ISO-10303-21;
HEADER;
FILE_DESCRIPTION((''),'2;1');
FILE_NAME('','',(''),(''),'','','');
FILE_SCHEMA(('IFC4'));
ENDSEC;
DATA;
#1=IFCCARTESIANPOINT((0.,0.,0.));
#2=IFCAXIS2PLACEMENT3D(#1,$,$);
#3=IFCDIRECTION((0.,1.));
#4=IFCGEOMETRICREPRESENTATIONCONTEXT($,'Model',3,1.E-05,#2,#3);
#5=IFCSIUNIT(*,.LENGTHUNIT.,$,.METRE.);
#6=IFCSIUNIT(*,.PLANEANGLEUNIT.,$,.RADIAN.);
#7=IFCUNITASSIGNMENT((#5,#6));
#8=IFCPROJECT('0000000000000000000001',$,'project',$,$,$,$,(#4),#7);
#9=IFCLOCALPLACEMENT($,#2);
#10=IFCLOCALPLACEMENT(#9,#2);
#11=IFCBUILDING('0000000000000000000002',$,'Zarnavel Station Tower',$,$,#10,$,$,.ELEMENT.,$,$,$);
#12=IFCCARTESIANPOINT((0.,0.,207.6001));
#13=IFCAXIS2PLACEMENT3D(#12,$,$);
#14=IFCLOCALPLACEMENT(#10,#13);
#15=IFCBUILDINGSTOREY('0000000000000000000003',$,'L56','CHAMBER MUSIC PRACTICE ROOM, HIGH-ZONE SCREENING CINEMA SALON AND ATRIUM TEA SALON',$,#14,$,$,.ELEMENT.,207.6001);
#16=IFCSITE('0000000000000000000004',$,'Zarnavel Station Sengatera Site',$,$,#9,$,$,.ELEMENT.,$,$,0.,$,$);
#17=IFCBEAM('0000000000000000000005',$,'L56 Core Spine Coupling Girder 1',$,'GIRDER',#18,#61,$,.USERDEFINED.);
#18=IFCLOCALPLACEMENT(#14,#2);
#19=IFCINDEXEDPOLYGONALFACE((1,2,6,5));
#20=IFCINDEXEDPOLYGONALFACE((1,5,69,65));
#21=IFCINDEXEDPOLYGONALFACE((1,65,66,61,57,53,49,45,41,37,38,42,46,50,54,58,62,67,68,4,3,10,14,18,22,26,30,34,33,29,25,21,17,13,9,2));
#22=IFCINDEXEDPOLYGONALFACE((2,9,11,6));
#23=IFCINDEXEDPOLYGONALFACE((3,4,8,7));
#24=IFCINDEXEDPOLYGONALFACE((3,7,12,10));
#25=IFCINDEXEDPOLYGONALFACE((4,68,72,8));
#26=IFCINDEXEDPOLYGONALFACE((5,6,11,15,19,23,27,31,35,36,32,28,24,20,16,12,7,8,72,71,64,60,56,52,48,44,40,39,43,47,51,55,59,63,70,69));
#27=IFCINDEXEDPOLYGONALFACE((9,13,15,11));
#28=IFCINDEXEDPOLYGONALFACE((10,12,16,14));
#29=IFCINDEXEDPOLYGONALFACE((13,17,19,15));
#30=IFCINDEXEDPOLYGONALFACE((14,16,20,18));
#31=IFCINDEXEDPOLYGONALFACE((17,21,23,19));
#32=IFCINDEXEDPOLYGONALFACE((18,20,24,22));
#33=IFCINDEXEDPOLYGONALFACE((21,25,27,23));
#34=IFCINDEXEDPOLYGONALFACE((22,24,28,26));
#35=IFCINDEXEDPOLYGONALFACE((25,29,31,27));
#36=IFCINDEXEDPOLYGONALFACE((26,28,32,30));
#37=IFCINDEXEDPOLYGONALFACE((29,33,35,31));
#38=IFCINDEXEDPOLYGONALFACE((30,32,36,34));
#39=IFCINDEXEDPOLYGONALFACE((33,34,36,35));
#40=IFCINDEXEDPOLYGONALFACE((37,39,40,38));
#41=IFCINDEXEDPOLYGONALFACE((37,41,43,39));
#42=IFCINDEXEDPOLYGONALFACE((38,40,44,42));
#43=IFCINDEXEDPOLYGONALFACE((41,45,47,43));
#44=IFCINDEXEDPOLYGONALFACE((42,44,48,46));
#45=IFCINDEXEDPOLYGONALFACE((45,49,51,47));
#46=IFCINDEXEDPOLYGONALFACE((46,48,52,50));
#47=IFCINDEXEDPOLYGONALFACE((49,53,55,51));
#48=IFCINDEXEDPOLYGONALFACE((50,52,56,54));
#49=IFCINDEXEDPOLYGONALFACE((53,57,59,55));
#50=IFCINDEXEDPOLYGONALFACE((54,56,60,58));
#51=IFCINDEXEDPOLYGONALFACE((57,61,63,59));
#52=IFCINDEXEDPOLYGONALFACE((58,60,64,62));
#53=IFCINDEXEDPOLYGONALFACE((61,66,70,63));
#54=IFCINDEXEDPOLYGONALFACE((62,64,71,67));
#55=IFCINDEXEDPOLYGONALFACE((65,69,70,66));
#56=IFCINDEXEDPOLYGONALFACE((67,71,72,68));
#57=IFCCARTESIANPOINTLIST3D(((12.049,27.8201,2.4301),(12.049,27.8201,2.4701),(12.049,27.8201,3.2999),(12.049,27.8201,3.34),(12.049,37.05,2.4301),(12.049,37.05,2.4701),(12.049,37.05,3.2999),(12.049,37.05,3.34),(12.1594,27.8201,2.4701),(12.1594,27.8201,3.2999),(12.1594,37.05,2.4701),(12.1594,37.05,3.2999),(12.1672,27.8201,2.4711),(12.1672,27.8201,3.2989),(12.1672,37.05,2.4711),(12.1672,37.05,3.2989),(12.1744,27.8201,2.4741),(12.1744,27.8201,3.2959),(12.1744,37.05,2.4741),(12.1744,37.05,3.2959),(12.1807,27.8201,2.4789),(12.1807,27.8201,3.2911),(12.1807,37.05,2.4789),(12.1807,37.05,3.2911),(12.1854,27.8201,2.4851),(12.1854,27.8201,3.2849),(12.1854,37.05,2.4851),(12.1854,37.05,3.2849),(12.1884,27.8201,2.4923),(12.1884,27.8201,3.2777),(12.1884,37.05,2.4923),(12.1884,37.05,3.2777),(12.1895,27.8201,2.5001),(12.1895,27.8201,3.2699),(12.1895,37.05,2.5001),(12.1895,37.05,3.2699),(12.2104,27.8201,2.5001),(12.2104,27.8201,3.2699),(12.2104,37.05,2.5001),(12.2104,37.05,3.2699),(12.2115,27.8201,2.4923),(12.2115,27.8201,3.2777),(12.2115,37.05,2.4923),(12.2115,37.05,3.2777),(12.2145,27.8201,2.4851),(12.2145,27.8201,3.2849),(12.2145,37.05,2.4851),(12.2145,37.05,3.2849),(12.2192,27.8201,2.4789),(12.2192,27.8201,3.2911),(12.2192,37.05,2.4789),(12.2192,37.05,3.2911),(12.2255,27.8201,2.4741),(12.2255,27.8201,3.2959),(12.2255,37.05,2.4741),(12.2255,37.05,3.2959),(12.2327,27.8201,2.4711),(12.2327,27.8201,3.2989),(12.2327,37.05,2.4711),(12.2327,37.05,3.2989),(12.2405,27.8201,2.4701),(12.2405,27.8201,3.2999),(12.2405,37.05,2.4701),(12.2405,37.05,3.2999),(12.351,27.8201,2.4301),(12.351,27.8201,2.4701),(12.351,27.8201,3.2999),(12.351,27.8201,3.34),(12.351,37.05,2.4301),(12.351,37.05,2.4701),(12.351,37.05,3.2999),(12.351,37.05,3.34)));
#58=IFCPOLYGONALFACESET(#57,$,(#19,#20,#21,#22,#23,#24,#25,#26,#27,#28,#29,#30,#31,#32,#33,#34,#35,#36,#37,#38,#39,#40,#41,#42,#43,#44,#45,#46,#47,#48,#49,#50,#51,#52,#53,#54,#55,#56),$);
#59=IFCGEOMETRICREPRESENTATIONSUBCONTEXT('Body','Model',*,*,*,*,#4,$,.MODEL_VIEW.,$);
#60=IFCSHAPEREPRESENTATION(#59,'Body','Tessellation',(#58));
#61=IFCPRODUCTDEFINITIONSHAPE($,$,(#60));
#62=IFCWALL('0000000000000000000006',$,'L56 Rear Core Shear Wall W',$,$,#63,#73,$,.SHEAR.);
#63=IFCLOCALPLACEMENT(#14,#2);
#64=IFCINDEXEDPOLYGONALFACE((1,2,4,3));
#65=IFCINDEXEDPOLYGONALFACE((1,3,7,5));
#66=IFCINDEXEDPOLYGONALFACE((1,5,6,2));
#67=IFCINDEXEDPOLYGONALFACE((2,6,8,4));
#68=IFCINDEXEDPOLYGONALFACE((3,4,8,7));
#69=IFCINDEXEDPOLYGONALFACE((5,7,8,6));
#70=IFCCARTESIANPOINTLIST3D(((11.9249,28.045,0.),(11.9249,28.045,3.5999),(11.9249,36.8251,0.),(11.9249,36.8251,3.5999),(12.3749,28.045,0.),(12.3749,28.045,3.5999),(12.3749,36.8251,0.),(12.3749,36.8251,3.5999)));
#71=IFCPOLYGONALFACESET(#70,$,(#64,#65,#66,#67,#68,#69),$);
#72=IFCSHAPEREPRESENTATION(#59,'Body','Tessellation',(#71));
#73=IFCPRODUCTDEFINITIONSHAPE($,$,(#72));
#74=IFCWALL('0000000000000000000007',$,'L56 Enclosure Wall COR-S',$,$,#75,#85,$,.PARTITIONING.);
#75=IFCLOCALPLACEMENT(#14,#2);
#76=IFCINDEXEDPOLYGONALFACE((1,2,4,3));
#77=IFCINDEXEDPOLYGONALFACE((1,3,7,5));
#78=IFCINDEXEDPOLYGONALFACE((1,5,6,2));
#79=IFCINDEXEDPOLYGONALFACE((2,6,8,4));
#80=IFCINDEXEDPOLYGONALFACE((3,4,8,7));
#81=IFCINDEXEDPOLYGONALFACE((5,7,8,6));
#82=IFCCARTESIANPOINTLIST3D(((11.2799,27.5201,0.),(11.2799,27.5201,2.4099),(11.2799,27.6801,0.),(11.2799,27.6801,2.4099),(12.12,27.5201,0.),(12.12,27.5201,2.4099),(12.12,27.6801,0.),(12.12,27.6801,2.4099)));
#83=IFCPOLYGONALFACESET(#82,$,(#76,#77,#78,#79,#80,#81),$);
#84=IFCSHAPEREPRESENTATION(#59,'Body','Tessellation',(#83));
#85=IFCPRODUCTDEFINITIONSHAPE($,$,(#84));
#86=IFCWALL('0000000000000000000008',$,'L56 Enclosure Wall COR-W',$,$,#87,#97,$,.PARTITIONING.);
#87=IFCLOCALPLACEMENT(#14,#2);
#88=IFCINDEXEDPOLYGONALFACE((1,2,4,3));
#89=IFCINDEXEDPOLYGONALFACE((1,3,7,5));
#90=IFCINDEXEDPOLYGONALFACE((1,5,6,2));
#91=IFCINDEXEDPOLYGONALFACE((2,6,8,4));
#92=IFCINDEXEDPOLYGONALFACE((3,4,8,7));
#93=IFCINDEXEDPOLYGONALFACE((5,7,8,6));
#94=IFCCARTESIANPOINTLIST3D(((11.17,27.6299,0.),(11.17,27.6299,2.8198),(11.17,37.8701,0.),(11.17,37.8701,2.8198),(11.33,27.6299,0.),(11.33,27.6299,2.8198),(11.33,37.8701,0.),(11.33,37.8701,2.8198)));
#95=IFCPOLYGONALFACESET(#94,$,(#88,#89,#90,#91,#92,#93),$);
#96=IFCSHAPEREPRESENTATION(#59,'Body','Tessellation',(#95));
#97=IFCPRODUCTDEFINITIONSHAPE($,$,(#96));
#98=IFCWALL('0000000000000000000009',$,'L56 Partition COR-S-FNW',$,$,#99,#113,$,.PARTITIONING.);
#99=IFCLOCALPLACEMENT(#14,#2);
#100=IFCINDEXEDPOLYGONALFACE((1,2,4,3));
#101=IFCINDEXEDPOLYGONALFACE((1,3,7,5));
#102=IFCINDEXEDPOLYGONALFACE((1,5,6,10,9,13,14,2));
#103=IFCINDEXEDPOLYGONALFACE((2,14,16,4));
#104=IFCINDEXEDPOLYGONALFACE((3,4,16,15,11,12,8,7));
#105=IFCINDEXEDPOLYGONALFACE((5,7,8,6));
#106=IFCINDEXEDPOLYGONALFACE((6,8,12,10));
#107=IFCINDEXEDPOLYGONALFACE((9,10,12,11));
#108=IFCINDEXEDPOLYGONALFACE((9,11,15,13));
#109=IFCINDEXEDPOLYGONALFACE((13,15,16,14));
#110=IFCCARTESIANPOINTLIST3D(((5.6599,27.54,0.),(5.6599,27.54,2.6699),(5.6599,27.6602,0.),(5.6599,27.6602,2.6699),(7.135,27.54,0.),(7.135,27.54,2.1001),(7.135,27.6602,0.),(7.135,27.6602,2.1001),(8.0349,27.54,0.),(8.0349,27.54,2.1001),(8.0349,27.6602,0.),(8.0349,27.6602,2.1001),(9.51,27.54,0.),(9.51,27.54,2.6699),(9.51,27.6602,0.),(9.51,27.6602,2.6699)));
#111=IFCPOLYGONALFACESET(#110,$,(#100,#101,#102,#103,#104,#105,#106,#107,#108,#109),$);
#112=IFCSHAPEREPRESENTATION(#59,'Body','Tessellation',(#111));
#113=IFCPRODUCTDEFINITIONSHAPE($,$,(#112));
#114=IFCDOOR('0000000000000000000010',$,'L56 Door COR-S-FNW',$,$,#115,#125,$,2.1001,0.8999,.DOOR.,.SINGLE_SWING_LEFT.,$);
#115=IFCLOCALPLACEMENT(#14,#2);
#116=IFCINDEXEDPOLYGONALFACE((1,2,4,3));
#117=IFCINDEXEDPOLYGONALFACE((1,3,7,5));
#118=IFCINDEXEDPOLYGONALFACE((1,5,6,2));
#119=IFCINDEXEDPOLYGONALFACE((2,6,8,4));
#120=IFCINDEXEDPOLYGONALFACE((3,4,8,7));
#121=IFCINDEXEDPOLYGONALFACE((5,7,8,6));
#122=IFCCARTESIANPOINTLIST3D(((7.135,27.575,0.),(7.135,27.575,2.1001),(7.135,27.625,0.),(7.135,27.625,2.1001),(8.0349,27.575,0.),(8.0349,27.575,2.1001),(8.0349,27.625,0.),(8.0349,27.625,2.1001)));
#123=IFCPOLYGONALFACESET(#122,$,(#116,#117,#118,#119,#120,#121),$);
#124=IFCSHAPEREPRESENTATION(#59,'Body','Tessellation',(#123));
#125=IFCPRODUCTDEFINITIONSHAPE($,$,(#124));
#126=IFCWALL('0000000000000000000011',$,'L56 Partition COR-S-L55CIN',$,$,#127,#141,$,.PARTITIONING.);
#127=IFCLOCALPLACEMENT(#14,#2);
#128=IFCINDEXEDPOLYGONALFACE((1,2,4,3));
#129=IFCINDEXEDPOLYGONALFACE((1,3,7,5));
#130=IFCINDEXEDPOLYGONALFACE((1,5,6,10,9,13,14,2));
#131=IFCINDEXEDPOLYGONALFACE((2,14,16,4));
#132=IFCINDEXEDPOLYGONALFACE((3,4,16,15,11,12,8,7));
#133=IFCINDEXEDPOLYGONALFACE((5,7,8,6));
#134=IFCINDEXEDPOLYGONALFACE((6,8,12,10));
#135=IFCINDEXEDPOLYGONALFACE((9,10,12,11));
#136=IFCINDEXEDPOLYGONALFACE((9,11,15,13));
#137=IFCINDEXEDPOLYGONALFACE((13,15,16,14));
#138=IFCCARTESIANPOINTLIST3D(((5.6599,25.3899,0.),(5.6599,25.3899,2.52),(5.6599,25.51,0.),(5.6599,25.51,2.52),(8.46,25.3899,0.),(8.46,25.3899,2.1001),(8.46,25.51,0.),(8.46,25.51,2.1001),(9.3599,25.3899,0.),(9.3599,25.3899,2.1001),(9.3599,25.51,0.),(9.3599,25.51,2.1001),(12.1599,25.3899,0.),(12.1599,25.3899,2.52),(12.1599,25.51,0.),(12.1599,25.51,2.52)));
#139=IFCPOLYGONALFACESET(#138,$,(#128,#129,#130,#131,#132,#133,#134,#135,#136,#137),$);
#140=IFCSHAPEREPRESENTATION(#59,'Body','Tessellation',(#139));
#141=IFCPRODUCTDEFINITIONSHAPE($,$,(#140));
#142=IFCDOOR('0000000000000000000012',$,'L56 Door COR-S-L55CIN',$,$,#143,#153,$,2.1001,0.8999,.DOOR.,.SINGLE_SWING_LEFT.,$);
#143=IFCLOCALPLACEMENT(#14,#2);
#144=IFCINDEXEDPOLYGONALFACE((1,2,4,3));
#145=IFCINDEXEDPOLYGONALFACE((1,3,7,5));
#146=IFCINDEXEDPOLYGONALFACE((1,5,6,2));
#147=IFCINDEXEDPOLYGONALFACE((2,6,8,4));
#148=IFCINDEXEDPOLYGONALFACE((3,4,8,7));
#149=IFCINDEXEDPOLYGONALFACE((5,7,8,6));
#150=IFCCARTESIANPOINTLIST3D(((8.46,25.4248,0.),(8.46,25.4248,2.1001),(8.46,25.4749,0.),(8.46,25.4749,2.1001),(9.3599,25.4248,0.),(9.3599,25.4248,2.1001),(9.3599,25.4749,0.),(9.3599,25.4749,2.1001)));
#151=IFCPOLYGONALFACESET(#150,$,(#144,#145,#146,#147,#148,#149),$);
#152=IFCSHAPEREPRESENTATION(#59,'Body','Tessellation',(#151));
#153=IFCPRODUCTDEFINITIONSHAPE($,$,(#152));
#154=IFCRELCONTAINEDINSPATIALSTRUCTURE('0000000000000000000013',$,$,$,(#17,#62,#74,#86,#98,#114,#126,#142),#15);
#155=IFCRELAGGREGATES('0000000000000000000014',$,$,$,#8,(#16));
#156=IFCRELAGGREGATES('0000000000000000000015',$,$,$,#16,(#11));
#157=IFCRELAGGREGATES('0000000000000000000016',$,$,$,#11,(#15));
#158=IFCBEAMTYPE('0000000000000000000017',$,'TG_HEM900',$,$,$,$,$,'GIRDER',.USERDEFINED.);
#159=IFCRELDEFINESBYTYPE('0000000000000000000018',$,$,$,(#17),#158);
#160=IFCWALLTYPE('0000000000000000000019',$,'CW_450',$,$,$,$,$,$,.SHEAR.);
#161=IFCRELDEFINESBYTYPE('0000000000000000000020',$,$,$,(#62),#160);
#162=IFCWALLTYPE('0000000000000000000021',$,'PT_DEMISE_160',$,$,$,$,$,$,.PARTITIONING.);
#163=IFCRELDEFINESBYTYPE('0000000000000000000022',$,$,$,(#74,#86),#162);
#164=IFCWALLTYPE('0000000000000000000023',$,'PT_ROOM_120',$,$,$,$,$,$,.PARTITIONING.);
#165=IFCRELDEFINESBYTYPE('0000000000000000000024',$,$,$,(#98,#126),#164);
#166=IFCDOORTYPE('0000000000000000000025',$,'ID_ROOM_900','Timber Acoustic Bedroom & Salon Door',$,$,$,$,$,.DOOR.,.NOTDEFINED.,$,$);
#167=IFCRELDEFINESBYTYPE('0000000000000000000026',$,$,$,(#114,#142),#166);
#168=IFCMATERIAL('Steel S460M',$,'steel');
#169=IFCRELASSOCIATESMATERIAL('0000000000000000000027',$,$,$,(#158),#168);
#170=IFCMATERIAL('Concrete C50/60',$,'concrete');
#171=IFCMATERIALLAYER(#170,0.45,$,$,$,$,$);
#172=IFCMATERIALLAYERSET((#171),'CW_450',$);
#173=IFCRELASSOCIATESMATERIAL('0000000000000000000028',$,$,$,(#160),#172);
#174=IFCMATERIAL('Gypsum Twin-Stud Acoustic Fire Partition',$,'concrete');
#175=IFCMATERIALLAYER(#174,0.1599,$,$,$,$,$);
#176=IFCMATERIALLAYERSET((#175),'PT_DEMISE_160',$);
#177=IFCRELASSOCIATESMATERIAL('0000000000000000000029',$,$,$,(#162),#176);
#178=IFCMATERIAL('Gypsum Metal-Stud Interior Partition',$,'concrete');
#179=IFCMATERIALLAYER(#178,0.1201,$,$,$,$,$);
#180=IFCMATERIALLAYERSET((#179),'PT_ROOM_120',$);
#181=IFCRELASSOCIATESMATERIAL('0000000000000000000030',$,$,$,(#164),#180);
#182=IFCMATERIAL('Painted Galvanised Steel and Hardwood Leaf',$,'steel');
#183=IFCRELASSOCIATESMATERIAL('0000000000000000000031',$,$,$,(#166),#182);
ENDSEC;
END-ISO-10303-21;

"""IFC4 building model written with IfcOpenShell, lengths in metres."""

from ifc_helpers import new_model, si_unit, direction, frame, frame_2d, origin, origin_2d, place, context, subcontext, project, spatial, rectangle, i_section, extrude, material, layer, layer_set, material_profile, profile_set, type_object, element, fill, save


model = new_model("IFC4")

# Units and contexts
model_context = context("Model", 3, precision=1e-05, world=origin(), true_north=direction((0.0, 1.0)))
body_context = subcontext(model_context, "Body", "Model", "MODEL_VIEW")
ifc_project = project(units=[si_unit("LENGTHUNIT", "METRE"), si_unit("PLANEANGLEUNIT", "RADIAN")], contexts=[model_context])

# Site, building, storey
site_placement = place(None, origin())
site = spatial("IfcSite", under=ifc_project, at=site_placement, Name="Zarnavel Station Sengatera Site", CompositionType="ELEMENT", RefElevation=0.0)
building_placement = place(site_placement, origin())
building = spatial("IfcBuilding", under=site, at=building_placement, Name="Zarnavel Station Tower", CompositionType="ELEMENT")
storey_placement = place(building_placement, frame((0.0, 0.0, 207.6001)))
storey = spatial("IfcBuildingStorey", under=building, at=storey_placement, Name="L56", Description="CHAMBER MUSIC PRACTICE ROOM, HIGH-ZONE SCREENING CINEMA SALON AND ATRIUM TEA SALON", CompositionType="ELEMENT", Elevation=207.6001)

# Beam
ifc_material_1 = material(Name="Steel S460M", Category="steel")
ifc_material_profile_1 = material_profile(ifc_material_1, i_section(OverallWidth=0.302, OverallDepth=0.9099, WebThickness=0.021, FlangeThickness=0.04, FilletRadius=0.03, at=origin_2d()), Name="HEM900")
ifc_profile_set_1 = profile_set([ifc_material_profile_1], Name="Steel S460M")
beam_type_1 = type_object("IfcBeamType", Name="TG_HEM900", ElementType="GIRDER", PredefinedType="USERDEFINED", material=ifc_profile_set_1)
beam_1_placement = place(storey_placement, frame((12.2, 27.8201, 2.885), z_axis=(0.0, 1.0, 0.0), x_axis=(-1.0, 0.0, 0.0)))
element("IfcBeam", 1, at=beam_1_placement, inside=storey, type_object=beam_type_1, Name="L56 Core Spine Coupling Girder 1", ObjectType="GIRDER", PredefinedType="USERDEFINED", context=body_context, shape_type="SweptSolid", body=[
    extrude(i_section(OverallWidth=0.302, OverallDepth=0.9099, WebThickness=0.021, FlangeThickness=0.04, FilletRadius=0.03, at=origin_2d()), origin(), (0.0, 0.0, 1.0), 9.23),
])

# Walls
ifc_material_2 = material(Name="Concrete C50/60", Category="concrete")
ifc_layer_1 = layer(ifc_material_2, 0.45)
ifc_layer_set_1 = layer_set([ifc_layer_1], Name="CW_450")
wall_type_1 = type_object("IfcWallType", Name="CW_450", PredefinedType="SHEAR", material=ifc_layer_set_1)
wall_1_placement = place(storey_placement, frame((12.1499, 28.0449, 0.0), z_axis=(0.0, 0.0, 1.0), x_axis=(0.0, 1.0, 0.0)))
element("IfcWall", 2, at=wall_1_placement, inside=storey, type_object=wall_type_1, Name="L56 Rear Core Shear Wall W", PredefinedType="SHEAR", context=body_context, shape_type="SweptSolid", body=[
    extrude(rectangle(XDim=8.78, YDim=0.45, at=frame_2d((4.3901, 0.0))), origin(), (0.0, 0.0, 1.0), 3.5999),
])
ifc_material_3 = material(Name="Gypsum Twin-Stud Acoustic Fire Partition", Category="concrete")
ifc_layer_2 = layer(ifc_material_3, 0.1599)
ifc_layer_set_2 = layer_set([ifc_layer_2], Name="PT_DEMISE_160")
wall_type_2 = type_object("IfcWallType", Name="PT_DEMISE_160", PredefinedType="PARTITIONING", material=ifc_layer_set_2)
wall_2_placement = place(storey_placement, frame((11.28, 27.6001, 0.0), z_axis=(0.0, 0.0, 1.0), x_axis=(1.0, 0.0, 0.0)))
element("IfcWall", 3, at=wall_2_placement, inside=storey, type_object=wall_type_2, Name="L56 Enclosure Wall COR-S", PredefinedType="PARTITIONING", context=body_context, shape_type="SweptSolid", body=[
    extrude(rectangle(XDim=0.8401, YDim=0.1599, at=frame_2d((0.4199, 0.0))), origin(), (0.0, 0.0, 1.0), 2.4099),
])
wall_3_placement = place(storey_placement, frame((11.25, 27.6299, 0.0), z_axis=(0.0, 0.0, 1.0), x_axis=(0.0, 1.0, 0.0)))
element("IfcWall", 4, at=wall_3_placement, inside=storey, type_object=wall_type_2, Name="L56 Enclosure Wall COR-W", PredefinedType="PARTITIONING", context=body_context, shape_type="SweptSolid", body=[
    extrude(rectangle(XDim=10.2402, YDim=0.1599, at=frame_2d((5.1201, 0.0))), origin(), (0.0, 0.0, 1.0), 2.8198),
])

# Walls, openings, doors
ifc_material_4 = material(Name="Gypsum Metal-Stud Interior Partition", Category="concrete")
ifc_layer_3 = layer(ifc_material_4, 0.1201)
ifc_layer_set_3 = layer_set([ifc_layer_3], Name="PT_ROOM_120")
wall_type_3 = type_object("IfcWallType", Name="PT_ROOM_120", PredefinedType="PARTITIONING", material=ifc_layer_set_3)
wall_4_placement = place(storey_placement, frame((5.6599, 27.6001, 0.0), z_axis=(0.0, 0.0, 1.0), x_axis=(1.0, 0.0, 0.0)))
wall_4 = element("IfcWall", 5, at=wall_4_placement, inside=storey, type_object=wall_type_3, Name="L56 Partition COR-S-FNW", PredefinedType="PARTITIONING", context=body_context, shape_type="SweptSolid", body=[
    extrude(rectangle(XDim=3.8501, YDim=0.1201, at=frame_2d((1.925, 0.0))), origin(), (0.0, 0.0, 1.0), 2.6699),
])
opening_1_placement = place(wall_4_placement, frame((1.4751, 0.0, 0.0)))
opening_1 = element("IfcOpeningElement", 6, at=opening_1_placement, cuts=wall_4, PredefinedType="OPENING", context=body_context, shape_type="SweptSolid", body=[
    extrude(rectangle(XDim=0.8999, YDim=2.1001, at=frame_2d((0.45, 1.05))), frame((0.0, 0.0701, 0.0), z_axis=(0.0, -1.0, 0.0), x_axis=(1.0, 0.0, 0.0)), (0.0, 0.0, 1.0), 0.1401),
])
ifc_material_5 = material(Name="Painted Galvanised Steel and Hardwood Leaf", Category="steel")
door_type = type_object("IfcDoorType", Name="ID_ROOM_900", Description="Timber Acoustic Bedroom & Salon Door", OperationType="NOTDEFINED", PredefinedType="DOOR", material=ifc_material_5)
door_1_placement = place(opening_1_placement, origin())
door_1 = element("IfcDoor", 7, at=door_1_placement, inside=storey, type_object=door_type, Name="L56 Door COR-S-FNW", OperationType="SINGLE_SWING_LEFT", OverallHeight=2.1001, OverallWidth=0.8999, PredefinedType="DOOR", context=body_context, shape_type="SweptSolid", body=[
    extrude(rectangle(XDim=0.8999, YDim=2.1001, at=frame_2d((0.45, 1.05))), frame((0.0, 0.0249, 0.0), z_axis=(0.0, -1.0, 0.0), x_axis=(1.0, 0.0, 0.0)), (0.0, 0.0, 1.0), 0.05),
])
fill(opening_1, door_1)
wall_5_placement = place(storey_placement, frame((5.6599, 25.45, 0.0), z_axis=(0.0, 0.0, 1.0), x_axis=(1.0, 0.0, 0.0)))
wall_5 = element("IfcWall", 8, at=wall_5_placement, inside=storey, type_object=wall_type_3, Name="L56 Partition COR-S-L55CIN", PredefinedType="PARTITIONING", context=body_context, shape_type="SweptSolid", body=[
    extrude(rectangle(XDim=6.5, YDim=0.1201, at=frame_2d((3.25, 0.0))), origin(), (0.0, 0.0, 1.0), 2.52),
])
opening_2_placement = place(wall_5_placement, frame((2.8, 0.0, 0.0)))
opening_2 = element("IfcOpeningElement", 9, at=opening_2_placement, cuts=wall_5, PredefinedType="OPENING", context=body_context, shape_type="SweptSolid", body=[
    extrude(rectangle(XDim=0.8999, YDim=2.1001, at=frame_2d((0.45, 1.05))), frame((0.0, 0.0701, 0.0), z_axis=(0.0, -1.0, 0.0), x_axis=(1.0, 0.0, 0.0)), (0.0, 0.0, 1.0), 0.1401),
])
door_2_placement = place(opening_2_placement, origin())
door_2 = element("IfcDoor", 10, at=door_2_placement, inside=storey, type_object=door_type, Name="L56 Door COR-S-L55CIN", OperationType="SINGLE_SWING_LEFT", OverallHeight=2.1001, OverallWidth=0.8999, PredefinedType="DOOR", context=body_context, shape_type="SweptSolid", body=[
    extrude(rectangle(XDim=0.8999, YDim=2.1001, at=frame_2d((0.45, 1.05))), frame((0.0, 0.0249, 0.0), z_axis=(0.0, -1.0, 0.0), x_axis=(1.0, 0.0, 0.0)), (0.0, 0.0, 1.0), 0.05),
])
fill(opening_2, door_2)

save(model, "model.ifc")
